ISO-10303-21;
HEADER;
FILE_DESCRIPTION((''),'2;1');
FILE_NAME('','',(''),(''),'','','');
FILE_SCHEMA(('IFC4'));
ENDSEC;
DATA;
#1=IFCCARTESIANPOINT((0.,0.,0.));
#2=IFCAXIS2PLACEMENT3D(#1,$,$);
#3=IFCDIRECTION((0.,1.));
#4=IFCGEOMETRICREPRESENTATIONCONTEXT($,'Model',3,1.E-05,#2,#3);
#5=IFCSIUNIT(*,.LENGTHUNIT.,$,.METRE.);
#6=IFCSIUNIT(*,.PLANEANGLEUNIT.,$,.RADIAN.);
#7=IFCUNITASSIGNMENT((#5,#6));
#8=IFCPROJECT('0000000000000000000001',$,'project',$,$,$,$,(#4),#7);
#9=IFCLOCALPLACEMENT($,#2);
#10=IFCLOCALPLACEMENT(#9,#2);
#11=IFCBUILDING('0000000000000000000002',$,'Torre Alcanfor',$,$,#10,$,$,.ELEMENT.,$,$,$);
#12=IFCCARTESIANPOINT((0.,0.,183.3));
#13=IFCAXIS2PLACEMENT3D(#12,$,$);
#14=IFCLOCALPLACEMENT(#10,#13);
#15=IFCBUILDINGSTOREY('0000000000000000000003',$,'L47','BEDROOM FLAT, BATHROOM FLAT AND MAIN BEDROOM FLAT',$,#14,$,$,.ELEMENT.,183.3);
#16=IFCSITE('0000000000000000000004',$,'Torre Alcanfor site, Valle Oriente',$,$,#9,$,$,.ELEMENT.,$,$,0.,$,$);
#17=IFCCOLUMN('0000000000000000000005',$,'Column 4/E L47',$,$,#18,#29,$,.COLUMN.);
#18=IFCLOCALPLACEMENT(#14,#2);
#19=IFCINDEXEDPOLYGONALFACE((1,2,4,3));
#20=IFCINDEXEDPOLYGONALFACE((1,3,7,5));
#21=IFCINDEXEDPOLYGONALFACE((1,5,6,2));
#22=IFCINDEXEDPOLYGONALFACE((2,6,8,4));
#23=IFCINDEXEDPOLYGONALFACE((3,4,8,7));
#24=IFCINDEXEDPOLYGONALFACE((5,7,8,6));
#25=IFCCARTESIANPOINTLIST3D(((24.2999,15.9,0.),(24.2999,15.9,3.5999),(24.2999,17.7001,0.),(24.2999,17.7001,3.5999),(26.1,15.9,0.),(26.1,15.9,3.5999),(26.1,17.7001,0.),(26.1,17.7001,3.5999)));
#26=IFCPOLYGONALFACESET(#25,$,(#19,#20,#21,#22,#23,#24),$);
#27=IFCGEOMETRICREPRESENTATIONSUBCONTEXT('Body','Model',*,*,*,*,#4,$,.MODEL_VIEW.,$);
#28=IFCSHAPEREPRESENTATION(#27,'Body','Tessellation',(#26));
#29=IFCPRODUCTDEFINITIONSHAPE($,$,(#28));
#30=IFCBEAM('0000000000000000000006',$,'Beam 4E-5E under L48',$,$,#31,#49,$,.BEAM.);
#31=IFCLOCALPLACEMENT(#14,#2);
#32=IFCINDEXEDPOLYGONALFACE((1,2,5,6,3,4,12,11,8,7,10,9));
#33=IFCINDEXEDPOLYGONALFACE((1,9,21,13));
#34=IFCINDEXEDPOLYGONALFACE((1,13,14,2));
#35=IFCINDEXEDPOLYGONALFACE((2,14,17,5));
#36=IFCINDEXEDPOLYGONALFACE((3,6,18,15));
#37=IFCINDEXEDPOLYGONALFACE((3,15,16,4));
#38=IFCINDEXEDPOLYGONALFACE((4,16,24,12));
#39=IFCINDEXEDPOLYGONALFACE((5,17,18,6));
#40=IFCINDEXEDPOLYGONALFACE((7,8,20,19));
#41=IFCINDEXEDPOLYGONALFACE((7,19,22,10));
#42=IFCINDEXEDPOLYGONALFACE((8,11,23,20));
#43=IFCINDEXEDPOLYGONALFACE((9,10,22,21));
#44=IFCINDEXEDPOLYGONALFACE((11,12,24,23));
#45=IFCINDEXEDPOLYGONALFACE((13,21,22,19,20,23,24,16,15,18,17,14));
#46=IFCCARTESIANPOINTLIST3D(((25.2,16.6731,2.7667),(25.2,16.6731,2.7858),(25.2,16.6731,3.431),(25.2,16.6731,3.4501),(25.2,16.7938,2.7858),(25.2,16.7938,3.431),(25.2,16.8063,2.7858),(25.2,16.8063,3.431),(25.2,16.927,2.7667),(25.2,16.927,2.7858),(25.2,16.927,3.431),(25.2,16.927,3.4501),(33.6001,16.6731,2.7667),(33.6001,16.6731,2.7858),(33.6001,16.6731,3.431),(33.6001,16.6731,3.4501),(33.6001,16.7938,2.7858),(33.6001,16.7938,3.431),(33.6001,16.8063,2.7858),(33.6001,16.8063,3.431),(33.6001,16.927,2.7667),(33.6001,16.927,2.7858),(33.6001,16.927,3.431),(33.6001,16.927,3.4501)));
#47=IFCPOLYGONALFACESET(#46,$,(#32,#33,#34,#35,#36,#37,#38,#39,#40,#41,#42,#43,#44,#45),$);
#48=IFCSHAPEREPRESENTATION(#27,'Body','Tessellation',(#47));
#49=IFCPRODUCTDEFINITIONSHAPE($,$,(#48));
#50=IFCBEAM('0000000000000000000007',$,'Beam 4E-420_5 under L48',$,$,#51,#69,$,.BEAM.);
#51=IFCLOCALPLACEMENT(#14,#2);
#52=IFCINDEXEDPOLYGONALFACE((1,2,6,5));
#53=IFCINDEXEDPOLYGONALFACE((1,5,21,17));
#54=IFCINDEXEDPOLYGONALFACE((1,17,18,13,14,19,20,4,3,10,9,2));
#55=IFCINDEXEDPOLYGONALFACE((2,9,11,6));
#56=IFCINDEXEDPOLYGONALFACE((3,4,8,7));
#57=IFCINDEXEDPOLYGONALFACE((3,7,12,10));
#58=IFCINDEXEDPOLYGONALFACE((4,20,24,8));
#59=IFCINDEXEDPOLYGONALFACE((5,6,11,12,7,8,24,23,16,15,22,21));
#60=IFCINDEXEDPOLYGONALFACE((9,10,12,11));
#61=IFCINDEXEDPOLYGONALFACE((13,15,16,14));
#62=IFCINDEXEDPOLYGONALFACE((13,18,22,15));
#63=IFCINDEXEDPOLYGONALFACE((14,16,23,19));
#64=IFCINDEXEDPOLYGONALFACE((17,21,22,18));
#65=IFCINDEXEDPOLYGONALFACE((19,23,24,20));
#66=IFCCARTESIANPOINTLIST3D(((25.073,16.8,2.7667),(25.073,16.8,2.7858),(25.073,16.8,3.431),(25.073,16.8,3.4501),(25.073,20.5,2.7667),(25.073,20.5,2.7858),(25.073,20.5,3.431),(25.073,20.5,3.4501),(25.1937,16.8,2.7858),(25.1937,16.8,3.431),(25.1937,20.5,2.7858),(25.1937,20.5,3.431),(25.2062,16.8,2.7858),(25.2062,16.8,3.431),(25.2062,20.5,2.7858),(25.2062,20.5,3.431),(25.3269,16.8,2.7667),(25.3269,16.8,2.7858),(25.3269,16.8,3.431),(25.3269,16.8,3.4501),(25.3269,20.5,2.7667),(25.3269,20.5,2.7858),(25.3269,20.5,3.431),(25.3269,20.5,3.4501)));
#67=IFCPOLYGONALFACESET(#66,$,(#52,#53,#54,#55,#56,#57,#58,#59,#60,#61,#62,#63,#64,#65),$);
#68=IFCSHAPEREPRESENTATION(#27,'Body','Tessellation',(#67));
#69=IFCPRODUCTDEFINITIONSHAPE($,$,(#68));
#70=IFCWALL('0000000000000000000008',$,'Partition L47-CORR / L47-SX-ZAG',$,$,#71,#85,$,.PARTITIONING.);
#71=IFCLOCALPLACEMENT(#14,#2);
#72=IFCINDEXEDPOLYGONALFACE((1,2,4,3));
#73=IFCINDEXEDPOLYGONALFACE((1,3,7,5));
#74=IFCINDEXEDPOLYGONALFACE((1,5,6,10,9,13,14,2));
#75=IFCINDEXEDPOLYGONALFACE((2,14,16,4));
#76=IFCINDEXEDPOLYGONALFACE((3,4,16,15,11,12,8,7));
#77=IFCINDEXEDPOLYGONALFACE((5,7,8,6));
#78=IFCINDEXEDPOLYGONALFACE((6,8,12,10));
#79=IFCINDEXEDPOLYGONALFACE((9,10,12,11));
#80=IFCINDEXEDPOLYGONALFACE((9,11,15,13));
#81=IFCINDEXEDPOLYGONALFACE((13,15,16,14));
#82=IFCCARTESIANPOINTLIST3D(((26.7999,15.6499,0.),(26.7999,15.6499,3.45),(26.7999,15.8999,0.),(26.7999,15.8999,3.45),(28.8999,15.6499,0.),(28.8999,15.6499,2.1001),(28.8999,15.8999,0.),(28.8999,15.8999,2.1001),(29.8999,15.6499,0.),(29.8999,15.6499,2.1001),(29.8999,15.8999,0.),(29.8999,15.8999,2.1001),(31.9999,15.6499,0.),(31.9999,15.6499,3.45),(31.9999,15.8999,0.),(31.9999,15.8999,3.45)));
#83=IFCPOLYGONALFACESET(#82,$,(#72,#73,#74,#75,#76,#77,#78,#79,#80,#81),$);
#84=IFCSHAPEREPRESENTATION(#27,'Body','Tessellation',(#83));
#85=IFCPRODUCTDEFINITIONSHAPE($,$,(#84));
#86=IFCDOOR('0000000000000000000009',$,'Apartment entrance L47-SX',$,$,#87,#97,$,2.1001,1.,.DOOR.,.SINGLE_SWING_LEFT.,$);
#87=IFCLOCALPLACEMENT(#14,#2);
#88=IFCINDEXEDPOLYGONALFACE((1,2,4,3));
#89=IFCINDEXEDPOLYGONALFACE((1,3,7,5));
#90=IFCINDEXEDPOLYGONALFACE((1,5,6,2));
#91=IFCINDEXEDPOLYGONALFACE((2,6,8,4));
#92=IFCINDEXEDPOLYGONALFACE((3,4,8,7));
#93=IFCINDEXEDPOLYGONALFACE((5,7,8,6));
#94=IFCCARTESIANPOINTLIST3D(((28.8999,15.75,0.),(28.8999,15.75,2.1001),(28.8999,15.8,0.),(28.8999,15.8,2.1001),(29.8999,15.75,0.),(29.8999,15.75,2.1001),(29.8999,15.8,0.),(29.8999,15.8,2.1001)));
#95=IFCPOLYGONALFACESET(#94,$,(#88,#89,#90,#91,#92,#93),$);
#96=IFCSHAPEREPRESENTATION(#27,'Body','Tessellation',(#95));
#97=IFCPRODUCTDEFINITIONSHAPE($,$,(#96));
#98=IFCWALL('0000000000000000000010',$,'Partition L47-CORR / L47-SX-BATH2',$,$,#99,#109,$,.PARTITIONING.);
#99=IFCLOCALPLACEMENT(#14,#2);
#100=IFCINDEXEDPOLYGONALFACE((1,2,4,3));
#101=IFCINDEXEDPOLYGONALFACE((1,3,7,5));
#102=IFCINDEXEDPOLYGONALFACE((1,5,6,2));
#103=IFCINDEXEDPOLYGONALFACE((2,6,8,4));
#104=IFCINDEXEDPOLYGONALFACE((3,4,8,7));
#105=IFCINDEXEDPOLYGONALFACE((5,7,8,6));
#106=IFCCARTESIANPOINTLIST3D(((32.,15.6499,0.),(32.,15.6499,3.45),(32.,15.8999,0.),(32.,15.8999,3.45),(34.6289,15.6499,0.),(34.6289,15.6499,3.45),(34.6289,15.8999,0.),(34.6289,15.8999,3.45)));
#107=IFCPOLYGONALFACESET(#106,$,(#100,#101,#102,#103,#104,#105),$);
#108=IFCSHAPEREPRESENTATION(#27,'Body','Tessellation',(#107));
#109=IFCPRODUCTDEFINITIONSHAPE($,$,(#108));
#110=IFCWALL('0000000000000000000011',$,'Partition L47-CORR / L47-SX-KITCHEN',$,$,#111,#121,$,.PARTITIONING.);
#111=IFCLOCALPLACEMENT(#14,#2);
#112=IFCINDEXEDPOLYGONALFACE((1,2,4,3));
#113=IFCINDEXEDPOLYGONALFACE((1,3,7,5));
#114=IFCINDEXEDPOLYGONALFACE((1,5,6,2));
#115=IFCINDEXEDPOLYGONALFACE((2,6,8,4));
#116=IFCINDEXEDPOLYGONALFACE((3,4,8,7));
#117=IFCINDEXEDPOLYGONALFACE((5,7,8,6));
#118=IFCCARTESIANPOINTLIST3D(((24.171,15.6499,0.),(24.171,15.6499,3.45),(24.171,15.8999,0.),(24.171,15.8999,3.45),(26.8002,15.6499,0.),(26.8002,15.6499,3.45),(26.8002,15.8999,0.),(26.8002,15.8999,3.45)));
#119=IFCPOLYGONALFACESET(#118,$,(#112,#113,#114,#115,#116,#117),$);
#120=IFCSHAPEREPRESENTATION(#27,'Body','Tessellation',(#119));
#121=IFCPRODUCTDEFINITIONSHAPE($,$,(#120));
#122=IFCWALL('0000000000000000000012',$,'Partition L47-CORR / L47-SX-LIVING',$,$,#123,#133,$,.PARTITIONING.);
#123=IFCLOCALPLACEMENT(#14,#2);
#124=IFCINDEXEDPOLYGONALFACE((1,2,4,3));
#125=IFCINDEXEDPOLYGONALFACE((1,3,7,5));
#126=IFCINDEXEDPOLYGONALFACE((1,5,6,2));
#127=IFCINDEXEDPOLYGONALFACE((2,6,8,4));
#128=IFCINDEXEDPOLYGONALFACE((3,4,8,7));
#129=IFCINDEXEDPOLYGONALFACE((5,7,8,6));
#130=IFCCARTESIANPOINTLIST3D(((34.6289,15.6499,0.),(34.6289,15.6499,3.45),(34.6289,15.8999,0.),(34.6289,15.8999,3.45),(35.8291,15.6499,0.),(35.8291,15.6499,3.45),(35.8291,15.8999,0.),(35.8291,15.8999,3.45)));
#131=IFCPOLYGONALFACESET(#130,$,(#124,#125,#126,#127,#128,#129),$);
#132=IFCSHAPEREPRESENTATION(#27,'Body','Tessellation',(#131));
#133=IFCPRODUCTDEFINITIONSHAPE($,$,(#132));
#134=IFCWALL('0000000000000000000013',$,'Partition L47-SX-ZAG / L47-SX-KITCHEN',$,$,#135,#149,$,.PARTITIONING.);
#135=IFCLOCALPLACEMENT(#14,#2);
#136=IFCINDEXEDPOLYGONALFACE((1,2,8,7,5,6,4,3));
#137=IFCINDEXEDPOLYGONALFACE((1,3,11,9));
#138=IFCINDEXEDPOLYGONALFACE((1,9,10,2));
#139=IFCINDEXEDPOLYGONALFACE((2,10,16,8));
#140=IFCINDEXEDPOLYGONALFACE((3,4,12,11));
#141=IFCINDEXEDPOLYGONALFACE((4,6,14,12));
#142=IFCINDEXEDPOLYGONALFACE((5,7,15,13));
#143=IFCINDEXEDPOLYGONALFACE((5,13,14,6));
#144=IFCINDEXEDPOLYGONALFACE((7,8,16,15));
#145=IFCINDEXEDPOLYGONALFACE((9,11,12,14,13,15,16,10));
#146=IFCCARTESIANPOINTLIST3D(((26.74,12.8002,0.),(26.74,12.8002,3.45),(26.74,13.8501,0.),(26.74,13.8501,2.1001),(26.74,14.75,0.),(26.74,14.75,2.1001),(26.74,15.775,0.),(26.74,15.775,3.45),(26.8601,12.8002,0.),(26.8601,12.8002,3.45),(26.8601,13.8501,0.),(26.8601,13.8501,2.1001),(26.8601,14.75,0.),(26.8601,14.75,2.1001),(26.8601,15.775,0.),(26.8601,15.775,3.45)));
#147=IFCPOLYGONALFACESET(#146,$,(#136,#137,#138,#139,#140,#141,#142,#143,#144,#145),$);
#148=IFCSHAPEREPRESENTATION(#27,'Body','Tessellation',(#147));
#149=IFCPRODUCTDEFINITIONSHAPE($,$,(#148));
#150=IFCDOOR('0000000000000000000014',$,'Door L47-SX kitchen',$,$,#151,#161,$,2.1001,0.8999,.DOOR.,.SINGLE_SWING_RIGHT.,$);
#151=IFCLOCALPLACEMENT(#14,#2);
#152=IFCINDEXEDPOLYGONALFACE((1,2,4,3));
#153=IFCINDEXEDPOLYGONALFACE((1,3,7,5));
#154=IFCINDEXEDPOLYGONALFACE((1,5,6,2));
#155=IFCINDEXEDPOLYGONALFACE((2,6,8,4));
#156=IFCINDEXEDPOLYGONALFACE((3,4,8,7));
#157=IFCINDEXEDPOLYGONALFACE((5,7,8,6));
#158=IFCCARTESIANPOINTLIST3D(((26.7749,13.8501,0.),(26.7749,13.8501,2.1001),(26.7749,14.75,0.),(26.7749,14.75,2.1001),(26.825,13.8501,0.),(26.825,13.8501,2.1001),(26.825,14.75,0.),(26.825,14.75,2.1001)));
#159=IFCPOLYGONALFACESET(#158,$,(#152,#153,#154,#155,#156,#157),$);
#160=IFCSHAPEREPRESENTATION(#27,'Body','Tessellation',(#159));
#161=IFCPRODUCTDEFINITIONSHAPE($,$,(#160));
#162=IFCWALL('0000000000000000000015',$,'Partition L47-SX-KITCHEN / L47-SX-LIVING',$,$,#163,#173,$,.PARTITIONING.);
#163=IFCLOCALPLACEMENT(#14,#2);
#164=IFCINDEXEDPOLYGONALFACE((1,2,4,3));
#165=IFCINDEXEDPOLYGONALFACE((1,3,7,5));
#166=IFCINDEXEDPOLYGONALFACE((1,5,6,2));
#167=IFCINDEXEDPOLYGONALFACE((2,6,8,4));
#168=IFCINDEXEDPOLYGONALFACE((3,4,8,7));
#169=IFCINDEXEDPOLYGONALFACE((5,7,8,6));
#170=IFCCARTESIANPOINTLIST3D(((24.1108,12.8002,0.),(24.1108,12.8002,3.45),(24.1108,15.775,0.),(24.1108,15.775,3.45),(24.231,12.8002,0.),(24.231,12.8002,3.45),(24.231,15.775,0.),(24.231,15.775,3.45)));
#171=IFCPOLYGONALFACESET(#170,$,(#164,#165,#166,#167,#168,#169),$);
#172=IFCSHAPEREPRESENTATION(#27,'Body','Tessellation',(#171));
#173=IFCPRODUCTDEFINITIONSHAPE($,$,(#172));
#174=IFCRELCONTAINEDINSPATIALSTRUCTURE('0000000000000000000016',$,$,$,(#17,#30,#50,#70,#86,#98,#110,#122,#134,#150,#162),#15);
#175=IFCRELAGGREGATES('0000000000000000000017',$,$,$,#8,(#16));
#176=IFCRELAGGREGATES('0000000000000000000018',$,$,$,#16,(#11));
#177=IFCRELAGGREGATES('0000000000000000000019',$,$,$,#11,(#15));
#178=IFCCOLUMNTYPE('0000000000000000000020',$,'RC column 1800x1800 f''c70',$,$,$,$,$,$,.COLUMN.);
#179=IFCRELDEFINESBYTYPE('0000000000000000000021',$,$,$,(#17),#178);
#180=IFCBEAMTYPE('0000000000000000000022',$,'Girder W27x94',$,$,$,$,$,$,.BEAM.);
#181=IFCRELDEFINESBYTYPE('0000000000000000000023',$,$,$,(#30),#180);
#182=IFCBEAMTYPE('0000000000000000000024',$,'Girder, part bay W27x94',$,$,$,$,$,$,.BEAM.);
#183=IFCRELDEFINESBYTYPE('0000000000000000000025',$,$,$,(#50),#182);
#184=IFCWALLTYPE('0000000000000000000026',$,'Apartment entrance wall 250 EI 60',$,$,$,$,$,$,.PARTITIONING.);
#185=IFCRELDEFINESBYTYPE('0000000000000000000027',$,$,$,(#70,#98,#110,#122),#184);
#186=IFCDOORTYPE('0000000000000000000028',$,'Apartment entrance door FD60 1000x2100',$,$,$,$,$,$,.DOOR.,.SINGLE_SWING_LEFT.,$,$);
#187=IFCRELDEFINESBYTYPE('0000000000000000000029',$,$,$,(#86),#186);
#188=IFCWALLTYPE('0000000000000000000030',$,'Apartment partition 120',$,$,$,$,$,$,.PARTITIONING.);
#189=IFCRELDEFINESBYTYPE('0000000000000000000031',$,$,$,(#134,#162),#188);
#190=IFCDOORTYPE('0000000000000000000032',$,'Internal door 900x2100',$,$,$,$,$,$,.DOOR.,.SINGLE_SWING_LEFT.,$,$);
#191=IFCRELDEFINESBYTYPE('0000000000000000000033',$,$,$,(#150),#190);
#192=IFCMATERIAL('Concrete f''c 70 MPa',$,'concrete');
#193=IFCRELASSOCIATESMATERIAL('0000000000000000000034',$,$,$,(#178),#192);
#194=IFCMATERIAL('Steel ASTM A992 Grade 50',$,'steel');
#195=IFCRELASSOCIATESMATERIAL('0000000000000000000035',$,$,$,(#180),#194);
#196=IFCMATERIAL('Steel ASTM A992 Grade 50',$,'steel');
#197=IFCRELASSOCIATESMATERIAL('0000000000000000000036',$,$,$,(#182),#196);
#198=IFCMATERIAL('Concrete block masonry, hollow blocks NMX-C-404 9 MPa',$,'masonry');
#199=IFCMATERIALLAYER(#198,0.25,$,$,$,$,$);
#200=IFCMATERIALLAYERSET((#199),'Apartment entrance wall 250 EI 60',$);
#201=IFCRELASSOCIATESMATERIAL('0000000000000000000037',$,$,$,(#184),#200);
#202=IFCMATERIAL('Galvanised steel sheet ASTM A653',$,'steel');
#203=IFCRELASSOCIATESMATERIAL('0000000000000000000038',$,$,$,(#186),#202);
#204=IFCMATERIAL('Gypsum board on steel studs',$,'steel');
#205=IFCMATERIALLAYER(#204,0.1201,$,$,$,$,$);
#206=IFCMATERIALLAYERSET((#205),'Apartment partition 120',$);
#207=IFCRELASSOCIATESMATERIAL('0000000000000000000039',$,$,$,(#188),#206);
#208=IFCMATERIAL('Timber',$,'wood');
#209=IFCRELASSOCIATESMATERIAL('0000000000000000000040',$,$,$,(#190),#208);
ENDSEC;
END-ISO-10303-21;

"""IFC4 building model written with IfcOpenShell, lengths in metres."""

from ifc_helpers import new_model, si_unit, direction, frame, frame_2d, origin, origin_2d, place, context, subcontext, project, spatial, rectangle, i_section, extrude, material, layer, layer_set, material_profile, profile_set, type_object, element, fill, save


model = new_model("IFC4")

# Units and contexts
model_context = context("Model", 3, precision=1e-05, world=origin(), true_north=direction((0.0, 1.0)))
body_context = subcontext(model_context, "Body", "Model", "MODEL_VIEW")
ifc_project = project(units=[si_unit("LENGTHUNIT", "METRE"), si_unit("PLANEANGLEUNIT", "RADIAN")], contexts=[model_context])

# Site, building, storey
site_placement = place(None, origin())
site = spatial("IfcSite", under=ifc_project, at=site_placement, Name="Torre Alcanfor site, Valle Oriente", CompositionType="ELEMENT", RefElevation=0.0)
building_placement = place(site_placement, origin())
building = spatial("IfcBuilding", under=site, at=building_placement, Name="Torre Alcanfor", CompositionType="ELEMENT")
storey_placement = place(building_placement, frame((0.0, 0.0, 183.3)))
storey = spatial("IfcBuildingStorey", under=building, at=storey_placement, Name="L47", Description="BEDROOM FLAT, BATHROOM FLAT AND MAIN BEDROOM FLAT", CompositionType="ELEMENT", Elevation=183.3)

# Column
ifc_material_1 = material(Name="Concrete f'c 70 MPa", Category="concrete")
ifc_material_profile_1 = material_profile(ifc_material_1, rectangle(XDim=1.8, YDim=1.8, at=origin_2d()), Name="1800x1800")
ifc_profile_set_1 = profile_set([ifc_material_profile_1], Name="Concrete f'c 70 MPa")
column_type = type_object("IfcColumnType", Name="RC column 1800x1800 f'c70", PredefinedType="COLUMN", material=ifc_profile_set_1)
column_placement = place(storey_placement, frame((25.2, 16.8, 0.0), z_axis=(0.0, 0.0, 1.0), x_axis=(1.0, 0.0, 0.0)))
element("IfcColumn", 1, at=column_placement, inside=storey, type_object=column_type, Name="Column 4/E L47", PredefinedType="COLUMN", context=body_context, shape_type="SweptSolid", body=[
    extrude(rectangle(XDim=1.8, YDim=1.8, at=origin_2d()), origin(), (0.0, 0.0, 1.0), 3.5999),
])

# Beams
ifc_material_2 = material(Name="Steel ASTM A992 Grade 50", Category="steel")
ifc_material_profile_2 = material_profile(ifc_material_2, i_section(OverallWidth=0.2539, OverallDepth=0.6833, WebThickness=0.0125, FlangeThickness=0.019, at=origin_2d()), Name="W27x94")
ifc_profile_set_2 = profile_set([ifc_material_profile_2], Name="Steel ASTM A992 Grade 50")
beam_type_1 = type_object("IfcBeamType", Name="Girder W27x94", PredefinedType="BEAM", material=ifc_profile_set_2)
beam_1_placement = place(storey_placement, frame((25.2, 16.8, 3.1084), z_axis=(1.0, 0.0, 0.0), x_axis=(0.0, 1.0, 0.0)))
element("IfcBeam", 2, at=beam_1_placement, inside=storey, type_object=beam_type_1, Name="Beam 4E-5E under L48", PredefinedType="BEAM", context=body_context, shape_type="SweptSolid", body=[
    extrude(i_section(OverallWidth=0.2539, OverallDepth=0.6833, WebThickness=0.0125, FlangeThickness=0.019, at=origin_2d()), origin(), (0.0, 0.0, 1.0), 8.4001),
])
ifc_material_3 = material(Name="Steel ASTM A992 Grade 50", Category="steel")
ifc_material_profile_3 = material_profile(ifc_material_3, i_section(OverallWidth=0.2539, OverallDepth=0.6833, WebThickness=0.0125, FlangeThickness=0.019, at=origin_2d()), Name="W27x94")
ifc_profile_set_3 = profile_set([ifc_material_profile_3], Name="Steel ASTM A992 Grade 50")
beam_type_2 = type_object("IfcBeamType", Name="Girder, part bay W27x94", PredefinedType="BEAM", material=ifc_profile_set_3)
beam_2_placement = place(storey_placement, frame((25.2, 16.8, 3.1084), z_axis=(0.0, 1.0, 0.0), x_axis=(-1.0, 0.0, 0.0)))
element("IfcBeam", 3, at=beam_2_placement, inside=storey, type_object=beam_type_2, Name="Beam 4E-420_5 under L48", PredefinedType="BEAM", context=body_context, shape_type="SweptSolid", body=[
    extrude(i_section(OverallWidth=0.2539, OverallDepth=0.6833, WebThickness=0.0125, FlangeThickness=0.019, at=origin_2d()), origin(), (0.0, 0.0, 1.0), 3.7),
])

# Wall, opening, door
ifc_material_4 = material(Name="Concrete block masonry, hollow blocks NMX-C-404 9 MPa", Category="masonry")
ifc_layer_1 = layer(ifc_material_4, 0.25)
ifc_layer_set_1 = layer_set([ifc_layer_1], Name="Apartment entrance wall 250 EI 60")
wall_type_1 = type_object("IfcWallType", Name="Apartment entrance wall 250 EI 60", PredefinedType="PARTITIONING", material=ifc_layer_set_1)
wall_1_placement = place(storey_placement, frame((32.0, 15.7749, 0.0), z_axis=(0.0, 0.0, 1.0), x_axis=(-1.0, 0.0, 0.0)))
wall_1 = element("IfcWall", 4, at=wall_1_placement, inside=storey, type_object=wall_type_1, Name="Partition L47-CORR / L47-SX-ZAG", PredefinedType="PARTITIONING", context=body_context, shape_type="SweptSolid", body=[
    extrude(rectangle(XDim=5.2, YDim=0.25, at=frame_2d((2.6001, 0.0))), origin(), (0.0, 0.0, 1.0), 3.45),
])
opening_1_placement = place(wall_1_placement, frame((2.1001, 0.0, 0.0)))
opening_1 = element("IfcOpeningElement", 5, at=opening_1_placement, cuts=wall_1, PredefinedType="OPENING", context=body_context, shape_type="SweptSolid", body=[
    extrude(rectangle(XDim=1.0, YDim=2.1001, at=frame_2d((0.5, 1.05))), frame((0.0, 0.135, 0.0), z_axis=(0.0, -1.0, 0.0), x_axis=(1.0, 0.0, 0.0)), (0.0, 0.0, 1.0), 0.27),
])
ifc_material_5 = material(Name="Galvanised steel sheet ASTM A653", Category="steel")
door_type_1 = type_object("IfcDoorType", Name="Apartment entrance door FD60 1000x2100", OperationType="SINGLE_SWING_LEFT", PredefinedType="DOOR", material=ifc_material_5)
door_1_placement = place(opening_1_placement, origin())
door_1 = element("IfcDoor", 6, at=door_1_placement, inside=storey, type_object=door_type_1, Name="Apartment entrance L47-SX", OperationType="SINGLE_SWING_LEFT", OverallHeight=2.1001, OverallWidth=1.0, PredefinedType="DOOR", context=body_context, shape_type="SweptSolid", body=[
    extrude(rectangle(XDim=1.0, YDim=2.1001, at=frame_2d((0.5, 1.05))), frame((0.0, 0.0249, 0.0), z_axis=(0.0, -1.0, 0.0), x_axis=(1.0, 0.0, 0.0)), (0.0, 0.0, 1.0), 0.05),
])
fill(opening_1, door_1)

# Walls
wall_2_placement = place(storey_placement, frame((34.6289, 15.7749, 0.0), z_axis=(0.0, 0.0, 1.0), x_axis=(-1.0, 0.0, 0.0)))
element("IfcWall", 7, at=wall_2_placement, inside=storey, type_object=wall_type_1, Name="Partition L47-CORR / L47-SX-BATH2", PredefinedType="PARTITIONING", context=body_context, shape_type="SweptSolid", body=[
    extrude(rectangle(XDim=2.6289, YDim=0.25, at=frame_2d((1.3145, 0.0))), origin(), (0.0, 0.0, 1.0), 3.45),
])
wall_3_placement = place(storey_placement, frame((26.8, 15.7749, 0.0), z_axis=(0.0, 0.0, 1.0), x_axis=(-1.0, 0.0, 0.0)))
element("IfcWall", 8, at=wall_3_placement, inside=storey, type_object=wall_type_1, Name="Partition L47-CORR / L47-SX-KITCHEN", PredefinedType="PARTITIONING", context=body_context, shape_type="SweptSolid", body=[
    extrude(rectangle(XDim=2.6292, YDim=0.25, at=frame_2d((1.3145, 0.0))), origin(), (0.0, 0.0, 1.0), 3.45),
])
wall_4_placement = place(storey_placement, frame((35.8291, 15.7749, 0.0), z_axis=(0.0, 0.0, 1.0), x_axis=(-1.0, 0.0, 0.0)))
element("IfcWall", 9, at=wall_4_placement, inside=storey, type_object=wall_type_1, Name="Partition L47-CORR / L47-SX-LIVING", PredefinedType="PARTITIONING", context=body_context, shape_type="SweptSolid", body=[
    extrude(rectangle(XDim=1.2002, YDim=0.25, at=frame_2d((0.6001, 0.0))), origin(), (0.0, 0.0, 1.0), 3.45),
])

# Wall, opening, door
ifc_material_6 = material(Name="Gypsum board on steel studs", Category="steel")
ifc_layer_2 = layer(ifc_material_6, 0.1201)
ifc_layer_set_2 = layer_set([ifc_layer_2], Name="Apartment partition 120")
wall_type_2 = type_object("IfcWallType", Name="Apartment partition 120", PredefinedType="PARTITIONING", material=ifc_layer_set_2)
wall_5_placement = place(storey_placement, frame((26.8, 15.7749, 0.0), z_axis=(0.0, 0.0, 1.0), x_axis=(0.0, -1.0, 0.0)))
wall_5 = element("IfcWall", 10, at=wall_5_placement, inside=storey, type_object=wall_type_2, Name="Partition L47-SX-ZAG / L47-SX-KITCHEN", PredefinedType="PARTITIONING", context=body_context, shape_type="SweptSolid", body=[
    extrude(rectangle(XDim=2.9749, YDim=0.1201, at=frame_2d((1.4873, 0.0))), origin(), (0.0, 0.0, 1.0), 3.45),
])
opening_2_placement = place(wall_5_placement, frame((1.0249, 0.0, 0.0)))
opening_2 = element("IfcOpeningElement", 11, at=opening_2_placement, cuts=wall_5, PredefinedType="OPENING", context=body_context, shape_type="SweptSolid", body=[
    extrude(rectangle(XDim=0.8999, YDim=2.1001, at=frame_2d((0.45, 1.05))), frame((0.0, 0.0701, 0.0), z_axis=(0.0, -1.0, 0.0), x_axis=(1.0, 0.0, 0.0)), (0.0, 0.0, 1.0), 0.1401),
])
ifc_material_7 = material(Name="Timber", Category="wood")
door_type_2 = type_object("IfcDoorType", Name="Internal door 900x2100", OperationType="SINGLE_SWING_LEFT", PredefinedType="DOOR", material=ifc_material_7)
door_2_placement = place(opening_2_placement, frame((0.8999, 0.0, 0.0), z_axis=(0.0, 0.0, 1.0), x_axis=(-1.0, 0.0, 0.0)))
door_2 = element("IfcDoor", 12, at=door_2_placement, inside=storey, type_object=door_type_2, Name="Door L47-SX kitchen", OperationType="SINGLE_SWING_RIGHT", OverallHeight=2.1001, OverallWidth=0.8999, PredefinedType="DOOR", context=body_context, shape_type="SweptSolid", body=[
    extrude(rectangle(XDim=0.8999, YDim=2.1001, at=frame_2d((0.45, 1.05))), frame((0.0, 0.0251, 0.0), z_axis=(0.0, -1.0, 0.0), x_axis=(1.0, 0.0, 0.0)), (0.0, 0.0, 1.0), 0.05),
])
fill(opening_2, door_2)

# Wall
wall_6_placement = place(storey_placement, frame((24.1709, 15.7749, 0.0), z_axis=(0.0, 0.0, 1.0), x_axis=(0.0, -1.0, 0.0)))
element("IfcWall", 13, at=wall_6_placement, inside=storey, type_object=wall_type_2, Name="Partition L47-SX-KITCHEN / L47-SX-LIVING", PredefinedType="PARTITIONING", context=body_context, shape_type="SweptSolid", body=[
    extrude(rectangle(XDim=2.9749, YDim=0.1201, at=frame_2d((1.4873, 0.0))), origin(), (0.0, 0.0, 1.0), 3.45),
])

save(model, "model.ifc")
